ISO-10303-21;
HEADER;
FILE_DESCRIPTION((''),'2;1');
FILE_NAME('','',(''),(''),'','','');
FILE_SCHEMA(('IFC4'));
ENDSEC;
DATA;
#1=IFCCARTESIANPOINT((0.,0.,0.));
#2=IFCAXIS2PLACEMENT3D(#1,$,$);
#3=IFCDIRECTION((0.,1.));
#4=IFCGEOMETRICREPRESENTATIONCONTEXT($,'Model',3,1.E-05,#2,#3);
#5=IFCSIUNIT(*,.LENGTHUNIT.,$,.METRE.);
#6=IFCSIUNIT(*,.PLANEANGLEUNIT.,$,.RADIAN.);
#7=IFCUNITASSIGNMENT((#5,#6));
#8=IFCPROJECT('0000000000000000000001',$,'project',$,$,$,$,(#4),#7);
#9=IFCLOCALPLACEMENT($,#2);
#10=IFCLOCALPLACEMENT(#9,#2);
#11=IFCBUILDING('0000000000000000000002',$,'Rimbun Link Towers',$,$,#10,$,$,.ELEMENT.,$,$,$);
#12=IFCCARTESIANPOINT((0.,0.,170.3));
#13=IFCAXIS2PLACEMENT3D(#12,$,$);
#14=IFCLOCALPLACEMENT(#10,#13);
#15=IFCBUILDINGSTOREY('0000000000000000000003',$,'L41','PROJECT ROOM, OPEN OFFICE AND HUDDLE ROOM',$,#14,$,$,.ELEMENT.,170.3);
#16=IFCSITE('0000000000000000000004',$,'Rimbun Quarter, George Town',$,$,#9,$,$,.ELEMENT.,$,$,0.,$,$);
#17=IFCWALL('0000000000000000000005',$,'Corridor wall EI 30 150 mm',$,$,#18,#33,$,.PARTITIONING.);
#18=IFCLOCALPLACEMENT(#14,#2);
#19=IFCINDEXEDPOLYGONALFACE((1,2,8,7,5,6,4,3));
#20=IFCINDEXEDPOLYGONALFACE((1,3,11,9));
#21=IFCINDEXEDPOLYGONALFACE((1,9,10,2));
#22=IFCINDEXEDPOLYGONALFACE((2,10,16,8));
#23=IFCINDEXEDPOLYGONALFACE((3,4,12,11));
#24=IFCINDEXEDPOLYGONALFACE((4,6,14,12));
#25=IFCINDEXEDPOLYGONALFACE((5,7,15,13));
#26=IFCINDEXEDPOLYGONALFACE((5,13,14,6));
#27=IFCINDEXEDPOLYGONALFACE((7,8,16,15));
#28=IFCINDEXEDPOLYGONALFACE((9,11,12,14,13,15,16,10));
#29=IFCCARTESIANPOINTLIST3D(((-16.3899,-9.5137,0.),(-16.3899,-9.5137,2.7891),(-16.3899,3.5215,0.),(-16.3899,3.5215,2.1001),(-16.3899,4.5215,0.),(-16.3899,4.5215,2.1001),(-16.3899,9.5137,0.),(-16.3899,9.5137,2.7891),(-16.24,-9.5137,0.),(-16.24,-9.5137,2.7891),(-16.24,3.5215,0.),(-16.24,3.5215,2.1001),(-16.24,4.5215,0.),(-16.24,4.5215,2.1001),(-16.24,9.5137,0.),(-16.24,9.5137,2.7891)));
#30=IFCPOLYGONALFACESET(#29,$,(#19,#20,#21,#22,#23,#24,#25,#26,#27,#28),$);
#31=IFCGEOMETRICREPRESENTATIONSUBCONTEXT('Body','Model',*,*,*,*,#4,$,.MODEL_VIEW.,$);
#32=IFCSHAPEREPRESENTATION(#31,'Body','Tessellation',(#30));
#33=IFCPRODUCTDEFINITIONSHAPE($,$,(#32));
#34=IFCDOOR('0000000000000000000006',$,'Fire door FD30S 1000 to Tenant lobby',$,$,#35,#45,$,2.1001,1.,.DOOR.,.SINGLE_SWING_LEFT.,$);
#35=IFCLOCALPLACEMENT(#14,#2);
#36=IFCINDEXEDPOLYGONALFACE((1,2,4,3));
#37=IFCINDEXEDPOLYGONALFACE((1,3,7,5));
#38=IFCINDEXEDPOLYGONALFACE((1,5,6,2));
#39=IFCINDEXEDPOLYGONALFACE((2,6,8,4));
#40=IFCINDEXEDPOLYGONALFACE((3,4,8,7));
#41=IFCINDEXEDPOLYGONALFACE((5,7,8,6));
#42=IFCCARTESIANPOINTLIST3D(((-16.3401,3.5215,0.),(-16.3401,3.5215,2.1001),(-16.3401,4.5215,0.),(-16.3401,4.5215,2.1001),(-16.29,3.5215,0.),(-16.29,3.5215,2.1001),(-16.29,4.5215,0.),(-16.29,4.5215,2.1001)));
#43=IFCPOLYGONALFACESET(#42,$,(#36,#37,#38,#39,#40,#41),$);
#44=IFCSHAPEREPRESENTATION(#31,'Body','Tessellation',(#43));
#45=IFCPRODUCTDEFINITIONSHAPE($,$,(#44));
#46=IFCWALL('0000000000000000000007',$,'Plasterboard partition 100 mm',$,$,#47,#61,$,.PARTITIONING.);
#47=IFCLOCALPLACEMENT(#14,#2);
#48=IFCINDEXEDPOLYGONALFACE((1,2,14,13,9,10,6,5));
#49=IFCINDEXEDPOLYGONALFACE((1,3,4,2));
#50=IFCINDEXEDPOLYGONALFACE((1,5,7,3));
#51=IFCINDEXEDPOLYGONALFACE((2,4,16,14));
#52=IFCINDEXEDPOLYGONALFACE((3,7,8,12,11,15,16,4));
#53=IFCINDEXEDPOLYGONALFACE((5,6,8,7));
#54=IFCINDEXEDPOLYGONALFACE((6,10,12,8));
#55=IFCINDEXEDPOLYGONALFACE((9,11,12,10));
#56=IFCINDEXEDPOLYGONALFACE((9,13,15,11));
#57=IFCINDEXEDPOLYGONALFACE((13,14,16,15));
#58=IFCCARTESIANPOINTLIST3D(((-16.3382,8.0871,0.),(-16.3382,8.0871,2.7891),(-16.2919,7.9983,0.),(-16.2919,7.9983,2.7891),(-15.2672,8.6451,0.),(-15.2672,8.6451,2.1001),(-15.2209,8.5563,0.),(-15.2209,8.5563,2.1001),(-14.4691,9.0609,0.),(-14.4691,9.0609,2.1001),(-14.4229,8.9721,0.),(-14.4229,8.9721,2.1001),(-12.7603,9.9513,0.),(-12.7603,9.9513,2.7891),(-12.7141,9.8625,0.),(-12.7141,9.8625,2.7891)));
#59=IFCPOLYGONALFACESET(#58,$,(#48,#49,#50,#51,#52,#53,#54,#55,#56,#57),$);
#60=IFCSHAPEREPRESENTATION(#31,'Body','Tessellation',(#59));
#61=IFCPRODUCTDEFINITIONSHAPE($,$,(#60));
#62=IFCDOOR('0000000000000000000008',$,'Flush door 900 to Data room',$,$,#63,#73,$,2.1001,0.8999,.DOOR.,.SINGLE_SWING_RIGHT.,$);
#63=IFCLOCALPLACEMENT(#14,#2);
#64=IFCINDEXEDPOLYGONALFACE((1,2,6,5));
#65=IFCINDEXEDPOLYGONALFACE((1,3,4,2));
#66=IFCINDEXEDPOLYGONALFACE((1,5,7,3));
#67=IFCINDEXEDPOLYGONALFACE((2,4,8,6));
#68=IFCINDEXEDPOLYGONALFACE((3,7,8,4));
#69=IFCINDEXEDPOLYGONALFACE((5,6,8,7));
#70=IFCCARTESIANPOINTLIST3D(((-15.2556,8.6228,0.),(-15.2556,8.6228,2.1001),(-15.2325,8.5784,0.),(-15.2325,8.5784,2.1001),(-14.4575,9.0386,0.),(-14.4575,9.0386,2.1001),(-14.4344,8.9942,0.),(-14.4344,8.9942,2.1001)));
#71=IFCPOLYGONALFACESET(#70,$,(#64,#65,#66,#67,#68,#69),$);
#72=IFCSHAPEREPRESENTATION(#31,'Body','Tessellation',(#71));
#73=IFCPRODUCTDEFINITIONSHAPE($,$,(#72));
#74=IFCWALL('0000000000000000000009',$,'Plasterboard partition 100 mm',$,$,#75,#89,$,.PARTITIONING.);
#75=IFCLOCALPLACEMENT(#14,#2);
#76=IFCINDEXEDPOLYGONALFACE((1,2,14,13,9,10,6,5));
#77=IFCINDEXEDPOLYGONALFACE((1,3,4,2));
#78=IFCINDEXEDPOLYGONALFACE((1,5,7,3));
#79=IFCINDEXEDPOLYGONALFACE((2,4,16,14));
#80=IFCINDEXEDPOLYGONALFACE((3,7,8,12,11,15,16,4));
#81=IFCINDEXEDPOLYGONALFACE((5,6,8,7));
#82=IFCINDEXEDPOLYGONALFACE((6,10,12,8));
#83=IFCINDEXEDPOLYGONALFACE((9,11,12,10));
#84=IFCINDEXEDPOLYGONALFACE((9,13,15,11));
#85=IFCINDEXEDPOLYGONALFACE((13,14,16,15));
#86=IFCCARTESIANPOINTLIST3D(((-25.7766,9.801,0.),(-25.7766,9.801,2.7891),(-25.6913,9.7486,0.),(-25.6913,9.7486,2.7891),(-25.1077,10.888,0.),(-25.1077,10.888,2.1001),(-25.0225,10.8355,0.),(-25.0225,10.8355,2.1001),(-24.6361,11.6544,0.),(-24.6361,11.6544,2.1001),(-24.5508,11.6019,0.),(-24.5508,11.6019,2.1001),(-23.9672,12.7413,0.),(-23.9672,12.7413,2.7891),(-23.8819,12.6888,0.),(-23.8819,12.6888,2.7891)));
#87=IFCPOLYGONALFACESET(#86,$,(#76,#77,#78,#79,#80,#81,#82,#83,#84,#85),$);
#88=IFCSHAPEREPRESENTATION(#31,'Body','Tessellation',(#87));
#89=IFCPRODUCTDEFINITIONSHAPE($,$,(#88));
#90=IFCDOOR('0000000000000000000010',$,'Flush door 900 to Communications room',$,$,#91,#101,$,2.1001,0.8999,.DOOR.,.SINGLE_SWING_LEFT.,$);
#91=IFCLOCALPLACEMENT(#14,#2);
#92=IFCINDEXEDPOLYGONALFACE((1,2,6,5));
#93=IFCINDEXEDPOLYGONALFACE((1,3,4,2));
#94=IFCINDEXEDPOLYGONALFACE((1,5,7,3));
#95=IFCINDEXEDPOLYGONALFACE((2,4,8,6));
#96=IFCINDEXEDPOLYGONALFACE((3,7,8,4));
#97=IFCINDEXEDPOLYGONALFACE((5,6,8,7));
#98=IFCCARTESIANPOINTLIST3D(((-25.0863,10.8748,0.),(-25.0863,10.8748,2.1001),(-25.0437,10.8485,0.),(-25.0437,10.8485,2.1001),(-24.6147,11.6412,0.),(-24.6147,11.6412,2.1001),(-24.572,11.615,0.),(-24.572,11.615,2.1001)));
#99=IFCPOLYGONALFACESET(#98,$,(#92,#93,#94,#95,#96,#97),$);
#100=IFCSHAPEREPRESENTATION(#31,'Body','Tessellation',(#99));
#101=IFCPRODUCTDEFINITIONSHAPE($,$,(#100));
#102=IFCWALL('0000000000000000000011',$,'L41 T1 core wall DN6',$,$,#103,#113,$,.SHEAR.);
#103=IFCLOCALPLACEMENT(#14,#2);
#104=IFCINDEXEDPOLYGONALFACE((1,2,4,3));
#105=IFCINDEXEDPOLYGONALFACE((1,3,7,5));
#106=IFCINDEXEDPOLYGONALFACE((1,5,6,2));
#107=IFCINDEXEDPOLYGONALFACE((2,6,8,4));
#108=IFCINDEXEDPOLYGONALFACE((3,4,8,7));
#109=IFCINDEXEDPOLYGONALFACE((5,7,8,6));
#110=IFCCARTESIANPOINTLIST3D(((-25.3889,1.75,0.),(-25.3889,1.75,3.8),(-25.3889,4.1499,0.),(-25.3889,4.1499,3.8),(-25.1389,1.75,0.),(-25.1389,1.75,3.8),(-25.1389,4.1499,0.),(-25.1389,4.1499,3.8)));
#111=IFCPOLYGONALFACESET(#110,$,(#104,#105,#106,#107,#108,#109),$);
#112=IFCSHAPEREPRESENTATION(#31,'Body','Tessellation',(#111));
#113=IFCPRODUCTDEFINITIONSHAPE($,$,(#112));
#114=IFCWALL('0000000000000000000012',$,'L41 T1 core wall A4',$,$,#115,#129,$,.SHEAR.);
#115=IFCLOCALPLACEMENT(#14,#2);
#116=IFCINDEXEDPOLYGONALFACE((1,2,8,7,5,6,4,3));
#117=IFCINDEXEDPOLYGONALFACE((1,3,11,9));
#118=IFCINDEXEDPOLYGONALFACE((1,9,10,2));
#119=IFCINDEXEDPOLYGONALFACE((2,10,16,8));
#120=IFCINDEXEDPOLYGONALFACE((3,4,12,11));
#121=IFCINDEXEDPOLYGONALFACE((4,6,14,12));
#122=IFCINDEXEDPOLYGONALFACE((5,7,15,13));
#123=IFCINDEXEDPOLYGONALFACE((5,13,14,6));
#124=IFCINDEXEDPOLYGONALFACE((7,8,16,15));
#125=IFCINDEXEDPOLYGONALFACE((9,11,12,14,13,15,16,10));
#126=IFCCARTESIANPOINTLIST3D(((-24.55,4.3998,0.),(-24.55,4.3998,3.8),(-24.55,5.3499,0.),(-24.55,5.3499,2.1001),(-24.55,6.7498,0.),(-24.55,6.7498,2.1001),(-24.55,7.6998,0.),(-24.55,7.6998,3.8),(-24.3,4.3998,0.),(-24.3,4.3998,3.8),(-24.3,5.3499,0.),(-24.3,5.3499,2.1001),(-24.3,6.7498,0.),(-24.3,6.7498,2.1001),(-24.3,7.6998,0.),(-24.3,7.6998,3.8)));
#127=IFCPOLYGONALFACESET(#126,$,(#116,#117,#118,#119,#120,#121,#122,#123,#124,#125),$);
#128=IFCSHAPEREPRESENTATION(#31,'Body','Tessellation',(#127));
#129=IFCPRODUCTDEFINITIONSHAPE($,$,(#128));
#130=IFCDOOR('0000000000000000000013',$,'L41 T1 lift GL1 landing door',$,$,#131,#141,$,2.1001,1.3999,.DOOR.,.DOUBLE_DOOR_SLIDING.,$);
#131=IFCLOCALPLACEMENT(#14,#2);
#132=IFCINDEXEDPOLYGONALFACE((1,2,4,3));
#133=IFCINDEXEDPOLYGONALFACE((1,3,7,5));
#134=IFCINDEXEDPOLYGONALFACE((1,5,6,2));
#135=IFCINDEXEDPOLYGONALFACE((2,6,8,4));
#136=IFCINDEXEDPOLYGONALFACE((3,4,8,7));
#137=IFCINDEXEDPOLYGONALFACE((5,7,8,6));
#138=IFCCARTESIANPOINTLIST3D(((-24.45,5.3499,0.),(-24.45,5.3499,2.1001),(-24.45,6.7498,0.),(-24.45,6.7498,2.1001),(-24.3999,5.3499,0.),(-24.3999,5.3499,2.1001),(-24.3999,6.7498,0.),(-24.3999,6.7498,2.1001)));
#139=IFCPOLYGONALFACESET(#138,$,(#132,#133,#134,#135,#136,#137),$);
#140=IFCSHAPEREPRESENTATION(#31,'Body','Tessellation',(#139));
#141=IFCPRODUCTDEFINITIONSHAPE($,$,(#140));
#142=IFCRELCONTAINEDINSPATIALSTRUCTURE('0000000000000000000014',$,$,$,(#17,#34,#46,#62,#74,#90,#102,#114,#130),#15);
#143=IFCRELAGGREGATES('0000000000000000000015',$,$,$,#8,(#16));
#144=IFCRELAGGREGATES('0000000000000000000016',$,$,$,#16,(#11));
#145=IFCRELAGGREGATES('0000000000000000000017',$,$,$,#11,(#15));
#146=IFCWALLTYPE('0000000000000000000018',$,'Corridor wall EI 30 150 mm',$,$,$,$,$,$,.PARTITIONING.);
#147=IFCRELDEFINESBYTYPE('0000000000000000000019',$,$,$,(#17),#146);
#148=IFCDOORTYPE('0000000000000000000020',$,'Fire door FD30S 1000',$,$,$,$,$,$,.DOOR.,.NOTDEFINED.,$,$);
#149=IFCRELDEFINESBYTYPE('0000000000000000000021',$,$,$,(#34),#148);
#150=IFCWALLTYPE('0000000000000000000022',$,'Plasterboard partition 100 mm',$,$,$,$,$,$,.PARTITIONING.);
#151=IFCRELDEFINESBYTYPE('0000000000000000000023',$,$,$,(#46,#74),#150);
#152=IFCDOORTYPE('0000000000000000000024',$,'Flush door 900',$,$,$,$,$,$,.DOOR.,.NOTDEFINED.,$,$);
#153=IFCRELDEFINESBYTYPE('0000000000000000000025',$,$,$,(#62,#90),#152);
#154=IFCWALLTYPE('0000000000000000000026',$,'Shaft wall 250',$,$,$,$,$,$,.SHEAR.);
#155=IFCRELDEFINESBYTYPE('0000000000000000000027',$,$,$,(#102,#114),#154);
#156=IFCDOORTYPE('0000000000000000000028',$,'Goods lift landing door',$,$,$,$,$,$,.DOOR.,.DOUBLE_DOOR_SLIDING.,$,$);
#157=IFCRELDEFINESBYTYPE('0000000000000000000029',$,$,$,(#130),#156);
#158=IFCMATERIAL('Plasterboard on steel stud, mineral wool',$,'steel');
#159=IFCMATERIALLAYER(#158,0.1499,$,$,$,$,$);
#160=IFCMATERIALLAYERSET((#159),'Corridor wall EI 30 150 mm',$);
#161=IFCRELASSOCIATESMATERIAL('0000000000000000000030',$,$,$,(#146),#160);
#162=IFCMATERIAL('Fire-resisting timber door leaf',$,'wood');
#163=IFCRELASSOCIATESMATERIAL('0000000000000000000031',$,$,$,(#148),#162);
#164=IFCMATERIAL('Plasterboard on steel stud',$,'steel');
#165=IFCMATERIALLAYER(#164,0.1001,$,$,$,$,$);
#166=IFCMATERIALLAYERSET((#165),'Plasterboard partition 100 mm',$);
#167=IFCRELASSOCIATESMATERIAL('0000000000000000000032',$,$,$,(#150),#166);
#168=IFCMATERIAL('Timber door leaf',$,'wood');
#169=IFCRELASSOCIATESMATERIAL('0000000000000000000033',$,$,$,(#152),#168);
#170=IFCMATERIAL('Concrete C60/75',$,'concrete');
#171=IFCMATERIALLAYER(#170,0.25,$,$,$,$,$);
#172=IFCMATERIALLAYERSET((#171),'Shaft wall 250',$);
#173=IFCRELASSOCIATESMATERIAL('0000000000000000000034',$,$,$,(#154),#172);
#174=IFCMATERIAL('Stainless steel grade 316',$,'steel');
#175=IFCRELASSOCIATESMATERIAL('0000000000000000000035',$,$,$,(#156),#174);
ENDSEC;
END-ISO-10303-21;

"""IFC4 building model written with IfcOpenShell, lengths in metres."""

from ifc_helpers import new_model, si_unit, direction, frame, frame_2d, origin, place, context, subcontext, project, spatial, rectangle, extrude, material, layer, layer_set, type_object, element, fill, save


model = new_model("IFC4")

# Units and contexts
model_context = context("Model", 3, precision=1e-05, world=origin(), true_north=direction((0.0, 1.0)))
body_context = subcontext(model_context, "Body", "Model", "MODEL_VIEW")
ifc_project = project(units=[si_unit("LENGTHUNIT", "METRE"), si_unit("PLANEANGLEUNIT", "RADIAN")], contexts=[model_context])

# Site, building, storey
site_placement = place(None, origin())
site = spatial("IfcSite", under=ifc_project, at=site_placement, Name="Rimbun Quarter, George Town", CompositionType="ELEMENT", RefElevation=0.0)
building_placement = place(site_placement, origin())
building = spatial("IfcBuilding", under=site, at=building_placement, Name="Rimbun Link Towers", CompositionType="ELEMENT")
storey_placement = place(building_placement, frame((0.0, 0.0, 170.3)))
storey = spatial("IfcBuildingStorey", under=building, at=storey_placement, Name="L41", Description="PROJECT ROOM, OPEN OFFICE AND HUDDLE ROOM", CompositionType="ELEMENT", Elevation=170.3)

# Shared definitions
ifc_material_1 = material(Name="Plasterboard on steel stud, mineral wool", Category="steel")
ifc_layer_1 = layer(ifc_material_1, 0.1499)
ifc_layer_set_1 = layer_set([ifc_layer_1], Name="Corridor wall EI 30 150 mm")
wall_type_1 = type_object("IfcWallType", Name="Corridor wall EI 30 150 mm", PredefinedType="PARTITIONING", material=ifc_layer_set_1)

# Walls, openings, doors
wall_1_placement = place(storey_placement, frame((-16.3149, 9.5137, 0.0), z_axis=(0.0, 0.0, 1.0), x_axis=(0.0, -1.0, 0.0)))
wall_1 = element("IfcWall", 1, at=wall_1_placement, inside=storey, type_object=wall_type_1, Name="Corridor wall EI 30 150 mm", PredefinedType="PARTITIONING", context=body_context, shape_type="SweptSolid", body=[
    extrude(rectangle(XDim=19.0273, YDim=0.1499, at=frame_2d((9.5137, 0.0))), origin(), (0.0, 0.0, 1.0), 2.7891),
])
opening_1_placement = place(wall_1_placement, frame((4.9922, 0.0, 0.0)))
opening_1 = element("IfcOpeningElement", 2, at=opening_1_placement, cuts=wall_1, PredefinedType="OPENING", context=body_context, shape_type="SweptSolid", body=[
    extrude(rectangle(XDim=1.0, YDim=2.1001, at=frame_2d((0.5, 1.05))), frame((0.0, 0.085, 0.0), z_axis=(0.0, -1.0, 0.0), x_axis=(1.0, 0.0, 0.0)), (0.0, 0.0, 1.0), 0.1699),
])
ifc_material_2 = material(Name="Fire-resisting timber door leaf", Category="wood")
door_type_1 = type_object("IfcDoorType", Name="Fire door FD30S 1000", OperationType="NOTDEFINED", PredefinedType="DOOR", material=ifc_material_2)
door_1_placement = place(opening_1_placement, origin())
door_1 = element("IfcDoor", 3, at=door_1_placement, inside=storey, type_object=door_type_1, Name="Fire door FD30S 1000 to Tenant lobby", OperationType="SINGLE_SWING_LEFT", OverallHeight=2.1001, OverallWidth=1.0, PredefinedType="DOOR", context=body_context, shape_type="SweptSolid", body=[
    extrude(rectangle(XDim=1.0, YDim=2.1001, at=frame_2d((0.5, 1.05))), frame((0.0, 0.0249, 0.0), z_axis=(0.0, -1.0, 0.0), x_axis=(1.0, 0.0, 0.0)), (0.0, 0.0, 1.0), 0.05),
])
fill(opening_1, door_1)
ifc_material_3 = material(Name="Plasterboard on steel stud", Category="steel")
ifc_layer_2 = layer(ifc_material_3, 0.1001)
ifc_layer_set_2 = layer_set([ifc_layer_2], Name="Plasterboard partition 100 mm")
wall_type_2 = type_object("IfcWallType", Name="Plasterboard partition 100 mm", PredefinedType="PARTITIONING", material=ifc_layer_set_2)
wall_2_placement = place(storey_placement, frame((-16.3149, 8.0427, 0.0), z_axis=(0.0, 0.0, 1.0), x_axis=(0.886835, 0.462086, 0.0)))
wall_2 = element("IfcWall", 4, at=wall_2_placement, inside=storey, type_object=wall_type_2, Name="Plasterboard partition 100 mm", PredefinedType="PARTITIONING", context=body_context, shape_type="SweptSolid", body=[
    extrude(rectangle(XDim=4.0344, YDim=0.1001, at=frame_2d((2.0171, 0.0))), origin(), (0.0, 0.0, 1.0), 2.7891),
])
opening_2_placement = place(wall_2_placement, frame((1.2075, 0.0, 0.0)))
opening_2 = element("IfcOpeningElement", 5, at=opening_2_placement, cuts=wall_2, PredefinedType="OPENING", context=body_context, shape_type="SweptSolid", body=[
    extrude(rectangle(XDim=0.8999, YDim=2.1001, at=frame_2d((0.45, 1.05))), frame((0.0, 0.0601, 0.0), z_axis=(0.0, -1.0, 0.0), x_axis=(1.0, 0.0, 0.0)), (0.0, 0.0, 1.0), 0.1201),
])
ifc_material_4 = material(Name="Timber door leaf", Category="wood")
door_type_2 = type_object("IfcDoorType", Name="Flush door 900", OperationType="NOTDEFINED", PredefinedType="DOOR", material=ifc_material_4)
door_2_placement = place(opening_2_placement, origin())
door_2 = element("IfcDoor", 6, at=door_2_placement, inside=storey, type_object=door_type_2, Name="Flush door 900 to Data room", OperationType="SINGLE_SWING_RIGHT", OverallHeight=2.1001, OverallWidth=0.8999, PredefinedType="DOOR", context=body_context, shape_type="SweptSolid", body=[
    extrude(rectangle(XDim=0.8999, YDim=2.1001, at=frame_2d((0.45, 1.05))), frame((0.0, 0.0249, 0.0), z_axis=(0.0, -1.0, 0.0), x_axis=(1.0, 0.0, 0.0)), (0.0, 0.0, 1.0), 0.05),
])
fill(opening_2, door_2)
wall_3_placement = place(storey_placement, frame((-25.7339, 9.7749, 0.0), z_axis=(0.0, 0.0, 1.0), x_axis=(0.524093, 0.851661, 0.0)))
wall_3 = element("IfcWall", 7, at=wall_3_placement, inside=storey, type_object=wall_type_2, Name="Plasterboard partition 100 mm", PredefinedType="PARTITIONING", context=body_context, shape_type="SweptSolid", body=[
    extrude(rectangle(XDim=3.4524, YDim=0.1001, at=frame_2d((1.7261, 0.0))), origin(), (0.0, 0.0, 1.0), 2.7891),
])
opening_3_placement = place(wall_3_placement, frame((1.2761, 0.0, 0.0)))
opening_3 = element("IfcOpeningElement", 8, at=opening_3_placement, cuts=wall_3, PredefinedType="OPENING", context=body_context, shape_type="SweptSolid", body=[
    extrude(rectangle(XDim=0.8999, YDim=2.1001, at=frame_2d((0.45, 1.05))), frame((0.0, 0.0601, 0.0), z_axis=(0.0, -1.0, 0.0), x_axis=(1.0, 0.0, 0.0)), (0.0, 0.0, 1.0), 0.1201),
])
door_3_placement = place(opening_3_placement, origin())
door_3 = element("IfcDoor", 9, at=door_3_placement, inside=storey, type_object=door_type_2, Name="Flush door 900 to Communications room", OperationType="SINGLE_SWING_LEFT", OverallHeight=2.1001, OverallWidth=0.8999, PredefinedType="DOOR", context=body_context, shape_type="SweptSolid", body=[
    extrude(rectangle(XDim=0.8999, YDim=2.1001, at=frame_2d((0.45, 1.05))), frame((0.0, 0.0249, 0.0), z_axis=(0.0, -1.0, 0.0), x_axis=(1.0, 0.0, 0.0)), (0.0, 0.0, 1.0), 0.05),
])
fill(opening_3, door_3)

# Wall
ifc_material_5 = material(Name="Concrete C60/75", Category="concrete")
ifc_layer_3 = layer(ifc_material_5, 0.25)
ifc_layer_set_3 = layer_set([ifc_layer_3], Name="Shaft wall 250")
wall_type_3 = type_object("IfcWallType", Name="Shaft wall 250", PredefinedType="SHEAR", material=ifc_layer_set_3)
wall_4_placement = place(storey_placement, frame((-25.2639, 1.75, 0.0), z_axis=(0.0, 0.0, 1.0), x_axis=(0.0, 1.0, 0.0)))
element("IfcWall", 10, at=wall_4_placement, inside=storey, type_object=wall_type_3, Name="L41 T1 core wall DN6", PredefinedType="SHEAR", context=body_context, shape_type="SweptSolid", body=[
    extrude(rectangle(XDim=2.3999, YDim=0.25, at=frame_2d((1.2, 0.0))), origin(), (0.0, 0.0, 1.0), 3.8),
])

# Wall, opening, door
wall_5_placement = place(storey_placement, frame((-24.425, 4.3999, 0.0), z_axis=(0.0, 0.0, 1.0), x_axis=(0.0, 1.0, 0.0)))
wall_5 = element("IfcWall", 11, at=wall_5_placement, inside=storey, type_object=wall_type_3, Name="L41 T1 core wall A4", PredefinedType="SHEAR", context=body_context, shape_type="SweptSolid", body=[
    extrude(rectangle(XDim=3.3, YDim=0.25, at=frame_2d((1.6499, 0.0))), origin(), (0.0, 0.0, 1.0), 3.8),
])
opening_4_placement = place(wall_5_placement, frame((0.95, 0.0, 0.0)))
opening_4 = element("IfcOpeningElement", 12, at=opening_4_placement, cuts=wall_5, PredefinedType="OPENING", context=body_context, shape_type="SweptSolid", body=[
    extrude(rectangle(XDim=1.3999, YDim=2.1001, at=frame_2d((0.7, 1.05))), frame((0.0, 0.135, 0.0), z_axis=(0.0, -1.0, 0.0), x_axis=(1.0, 0.0, 0.0)), (0.0, 0.0, 1.0), 0.27),
])
ifc_material_6 = material(Name="Stainless steel grade 316", Category="steel")
door_type_3 = type_object("IfcDoorType", Name="Goods lift landing door", OperationType="DOUBLE_DOOR_SLIDING", PredefinedType="DOOR", material=ifc_material_6)
door_4_placement = place(opening_4_placement, origin())
door_4 = element("IfcDoor", 13, at=door_4_placement, inside=storey, type_object=door_type_3, Name="L41 T1 lift GL1 landing door", OperationType="DOUBLE_DOOR_SLIDING", OverallHeight=2.1001, OverallWidth=1.3999, PredefinedType="DOOR", context=body_context, shape_type="SweptSolid", body=[
    extrude(rectangle(XDim=1.3999, YDim=2.1001, at=frame_2d((0.7, 1.05))), frame((0.0, 0.0249, 0.0), z_axis=(0.0, -1.0, 0.0), x_axis=(1.0, 0.0, 0.0)), (0.0, 0.0, 1.0), 0.05),
])
fill(opening_4, door_4)

save(model, "model.ifc")
